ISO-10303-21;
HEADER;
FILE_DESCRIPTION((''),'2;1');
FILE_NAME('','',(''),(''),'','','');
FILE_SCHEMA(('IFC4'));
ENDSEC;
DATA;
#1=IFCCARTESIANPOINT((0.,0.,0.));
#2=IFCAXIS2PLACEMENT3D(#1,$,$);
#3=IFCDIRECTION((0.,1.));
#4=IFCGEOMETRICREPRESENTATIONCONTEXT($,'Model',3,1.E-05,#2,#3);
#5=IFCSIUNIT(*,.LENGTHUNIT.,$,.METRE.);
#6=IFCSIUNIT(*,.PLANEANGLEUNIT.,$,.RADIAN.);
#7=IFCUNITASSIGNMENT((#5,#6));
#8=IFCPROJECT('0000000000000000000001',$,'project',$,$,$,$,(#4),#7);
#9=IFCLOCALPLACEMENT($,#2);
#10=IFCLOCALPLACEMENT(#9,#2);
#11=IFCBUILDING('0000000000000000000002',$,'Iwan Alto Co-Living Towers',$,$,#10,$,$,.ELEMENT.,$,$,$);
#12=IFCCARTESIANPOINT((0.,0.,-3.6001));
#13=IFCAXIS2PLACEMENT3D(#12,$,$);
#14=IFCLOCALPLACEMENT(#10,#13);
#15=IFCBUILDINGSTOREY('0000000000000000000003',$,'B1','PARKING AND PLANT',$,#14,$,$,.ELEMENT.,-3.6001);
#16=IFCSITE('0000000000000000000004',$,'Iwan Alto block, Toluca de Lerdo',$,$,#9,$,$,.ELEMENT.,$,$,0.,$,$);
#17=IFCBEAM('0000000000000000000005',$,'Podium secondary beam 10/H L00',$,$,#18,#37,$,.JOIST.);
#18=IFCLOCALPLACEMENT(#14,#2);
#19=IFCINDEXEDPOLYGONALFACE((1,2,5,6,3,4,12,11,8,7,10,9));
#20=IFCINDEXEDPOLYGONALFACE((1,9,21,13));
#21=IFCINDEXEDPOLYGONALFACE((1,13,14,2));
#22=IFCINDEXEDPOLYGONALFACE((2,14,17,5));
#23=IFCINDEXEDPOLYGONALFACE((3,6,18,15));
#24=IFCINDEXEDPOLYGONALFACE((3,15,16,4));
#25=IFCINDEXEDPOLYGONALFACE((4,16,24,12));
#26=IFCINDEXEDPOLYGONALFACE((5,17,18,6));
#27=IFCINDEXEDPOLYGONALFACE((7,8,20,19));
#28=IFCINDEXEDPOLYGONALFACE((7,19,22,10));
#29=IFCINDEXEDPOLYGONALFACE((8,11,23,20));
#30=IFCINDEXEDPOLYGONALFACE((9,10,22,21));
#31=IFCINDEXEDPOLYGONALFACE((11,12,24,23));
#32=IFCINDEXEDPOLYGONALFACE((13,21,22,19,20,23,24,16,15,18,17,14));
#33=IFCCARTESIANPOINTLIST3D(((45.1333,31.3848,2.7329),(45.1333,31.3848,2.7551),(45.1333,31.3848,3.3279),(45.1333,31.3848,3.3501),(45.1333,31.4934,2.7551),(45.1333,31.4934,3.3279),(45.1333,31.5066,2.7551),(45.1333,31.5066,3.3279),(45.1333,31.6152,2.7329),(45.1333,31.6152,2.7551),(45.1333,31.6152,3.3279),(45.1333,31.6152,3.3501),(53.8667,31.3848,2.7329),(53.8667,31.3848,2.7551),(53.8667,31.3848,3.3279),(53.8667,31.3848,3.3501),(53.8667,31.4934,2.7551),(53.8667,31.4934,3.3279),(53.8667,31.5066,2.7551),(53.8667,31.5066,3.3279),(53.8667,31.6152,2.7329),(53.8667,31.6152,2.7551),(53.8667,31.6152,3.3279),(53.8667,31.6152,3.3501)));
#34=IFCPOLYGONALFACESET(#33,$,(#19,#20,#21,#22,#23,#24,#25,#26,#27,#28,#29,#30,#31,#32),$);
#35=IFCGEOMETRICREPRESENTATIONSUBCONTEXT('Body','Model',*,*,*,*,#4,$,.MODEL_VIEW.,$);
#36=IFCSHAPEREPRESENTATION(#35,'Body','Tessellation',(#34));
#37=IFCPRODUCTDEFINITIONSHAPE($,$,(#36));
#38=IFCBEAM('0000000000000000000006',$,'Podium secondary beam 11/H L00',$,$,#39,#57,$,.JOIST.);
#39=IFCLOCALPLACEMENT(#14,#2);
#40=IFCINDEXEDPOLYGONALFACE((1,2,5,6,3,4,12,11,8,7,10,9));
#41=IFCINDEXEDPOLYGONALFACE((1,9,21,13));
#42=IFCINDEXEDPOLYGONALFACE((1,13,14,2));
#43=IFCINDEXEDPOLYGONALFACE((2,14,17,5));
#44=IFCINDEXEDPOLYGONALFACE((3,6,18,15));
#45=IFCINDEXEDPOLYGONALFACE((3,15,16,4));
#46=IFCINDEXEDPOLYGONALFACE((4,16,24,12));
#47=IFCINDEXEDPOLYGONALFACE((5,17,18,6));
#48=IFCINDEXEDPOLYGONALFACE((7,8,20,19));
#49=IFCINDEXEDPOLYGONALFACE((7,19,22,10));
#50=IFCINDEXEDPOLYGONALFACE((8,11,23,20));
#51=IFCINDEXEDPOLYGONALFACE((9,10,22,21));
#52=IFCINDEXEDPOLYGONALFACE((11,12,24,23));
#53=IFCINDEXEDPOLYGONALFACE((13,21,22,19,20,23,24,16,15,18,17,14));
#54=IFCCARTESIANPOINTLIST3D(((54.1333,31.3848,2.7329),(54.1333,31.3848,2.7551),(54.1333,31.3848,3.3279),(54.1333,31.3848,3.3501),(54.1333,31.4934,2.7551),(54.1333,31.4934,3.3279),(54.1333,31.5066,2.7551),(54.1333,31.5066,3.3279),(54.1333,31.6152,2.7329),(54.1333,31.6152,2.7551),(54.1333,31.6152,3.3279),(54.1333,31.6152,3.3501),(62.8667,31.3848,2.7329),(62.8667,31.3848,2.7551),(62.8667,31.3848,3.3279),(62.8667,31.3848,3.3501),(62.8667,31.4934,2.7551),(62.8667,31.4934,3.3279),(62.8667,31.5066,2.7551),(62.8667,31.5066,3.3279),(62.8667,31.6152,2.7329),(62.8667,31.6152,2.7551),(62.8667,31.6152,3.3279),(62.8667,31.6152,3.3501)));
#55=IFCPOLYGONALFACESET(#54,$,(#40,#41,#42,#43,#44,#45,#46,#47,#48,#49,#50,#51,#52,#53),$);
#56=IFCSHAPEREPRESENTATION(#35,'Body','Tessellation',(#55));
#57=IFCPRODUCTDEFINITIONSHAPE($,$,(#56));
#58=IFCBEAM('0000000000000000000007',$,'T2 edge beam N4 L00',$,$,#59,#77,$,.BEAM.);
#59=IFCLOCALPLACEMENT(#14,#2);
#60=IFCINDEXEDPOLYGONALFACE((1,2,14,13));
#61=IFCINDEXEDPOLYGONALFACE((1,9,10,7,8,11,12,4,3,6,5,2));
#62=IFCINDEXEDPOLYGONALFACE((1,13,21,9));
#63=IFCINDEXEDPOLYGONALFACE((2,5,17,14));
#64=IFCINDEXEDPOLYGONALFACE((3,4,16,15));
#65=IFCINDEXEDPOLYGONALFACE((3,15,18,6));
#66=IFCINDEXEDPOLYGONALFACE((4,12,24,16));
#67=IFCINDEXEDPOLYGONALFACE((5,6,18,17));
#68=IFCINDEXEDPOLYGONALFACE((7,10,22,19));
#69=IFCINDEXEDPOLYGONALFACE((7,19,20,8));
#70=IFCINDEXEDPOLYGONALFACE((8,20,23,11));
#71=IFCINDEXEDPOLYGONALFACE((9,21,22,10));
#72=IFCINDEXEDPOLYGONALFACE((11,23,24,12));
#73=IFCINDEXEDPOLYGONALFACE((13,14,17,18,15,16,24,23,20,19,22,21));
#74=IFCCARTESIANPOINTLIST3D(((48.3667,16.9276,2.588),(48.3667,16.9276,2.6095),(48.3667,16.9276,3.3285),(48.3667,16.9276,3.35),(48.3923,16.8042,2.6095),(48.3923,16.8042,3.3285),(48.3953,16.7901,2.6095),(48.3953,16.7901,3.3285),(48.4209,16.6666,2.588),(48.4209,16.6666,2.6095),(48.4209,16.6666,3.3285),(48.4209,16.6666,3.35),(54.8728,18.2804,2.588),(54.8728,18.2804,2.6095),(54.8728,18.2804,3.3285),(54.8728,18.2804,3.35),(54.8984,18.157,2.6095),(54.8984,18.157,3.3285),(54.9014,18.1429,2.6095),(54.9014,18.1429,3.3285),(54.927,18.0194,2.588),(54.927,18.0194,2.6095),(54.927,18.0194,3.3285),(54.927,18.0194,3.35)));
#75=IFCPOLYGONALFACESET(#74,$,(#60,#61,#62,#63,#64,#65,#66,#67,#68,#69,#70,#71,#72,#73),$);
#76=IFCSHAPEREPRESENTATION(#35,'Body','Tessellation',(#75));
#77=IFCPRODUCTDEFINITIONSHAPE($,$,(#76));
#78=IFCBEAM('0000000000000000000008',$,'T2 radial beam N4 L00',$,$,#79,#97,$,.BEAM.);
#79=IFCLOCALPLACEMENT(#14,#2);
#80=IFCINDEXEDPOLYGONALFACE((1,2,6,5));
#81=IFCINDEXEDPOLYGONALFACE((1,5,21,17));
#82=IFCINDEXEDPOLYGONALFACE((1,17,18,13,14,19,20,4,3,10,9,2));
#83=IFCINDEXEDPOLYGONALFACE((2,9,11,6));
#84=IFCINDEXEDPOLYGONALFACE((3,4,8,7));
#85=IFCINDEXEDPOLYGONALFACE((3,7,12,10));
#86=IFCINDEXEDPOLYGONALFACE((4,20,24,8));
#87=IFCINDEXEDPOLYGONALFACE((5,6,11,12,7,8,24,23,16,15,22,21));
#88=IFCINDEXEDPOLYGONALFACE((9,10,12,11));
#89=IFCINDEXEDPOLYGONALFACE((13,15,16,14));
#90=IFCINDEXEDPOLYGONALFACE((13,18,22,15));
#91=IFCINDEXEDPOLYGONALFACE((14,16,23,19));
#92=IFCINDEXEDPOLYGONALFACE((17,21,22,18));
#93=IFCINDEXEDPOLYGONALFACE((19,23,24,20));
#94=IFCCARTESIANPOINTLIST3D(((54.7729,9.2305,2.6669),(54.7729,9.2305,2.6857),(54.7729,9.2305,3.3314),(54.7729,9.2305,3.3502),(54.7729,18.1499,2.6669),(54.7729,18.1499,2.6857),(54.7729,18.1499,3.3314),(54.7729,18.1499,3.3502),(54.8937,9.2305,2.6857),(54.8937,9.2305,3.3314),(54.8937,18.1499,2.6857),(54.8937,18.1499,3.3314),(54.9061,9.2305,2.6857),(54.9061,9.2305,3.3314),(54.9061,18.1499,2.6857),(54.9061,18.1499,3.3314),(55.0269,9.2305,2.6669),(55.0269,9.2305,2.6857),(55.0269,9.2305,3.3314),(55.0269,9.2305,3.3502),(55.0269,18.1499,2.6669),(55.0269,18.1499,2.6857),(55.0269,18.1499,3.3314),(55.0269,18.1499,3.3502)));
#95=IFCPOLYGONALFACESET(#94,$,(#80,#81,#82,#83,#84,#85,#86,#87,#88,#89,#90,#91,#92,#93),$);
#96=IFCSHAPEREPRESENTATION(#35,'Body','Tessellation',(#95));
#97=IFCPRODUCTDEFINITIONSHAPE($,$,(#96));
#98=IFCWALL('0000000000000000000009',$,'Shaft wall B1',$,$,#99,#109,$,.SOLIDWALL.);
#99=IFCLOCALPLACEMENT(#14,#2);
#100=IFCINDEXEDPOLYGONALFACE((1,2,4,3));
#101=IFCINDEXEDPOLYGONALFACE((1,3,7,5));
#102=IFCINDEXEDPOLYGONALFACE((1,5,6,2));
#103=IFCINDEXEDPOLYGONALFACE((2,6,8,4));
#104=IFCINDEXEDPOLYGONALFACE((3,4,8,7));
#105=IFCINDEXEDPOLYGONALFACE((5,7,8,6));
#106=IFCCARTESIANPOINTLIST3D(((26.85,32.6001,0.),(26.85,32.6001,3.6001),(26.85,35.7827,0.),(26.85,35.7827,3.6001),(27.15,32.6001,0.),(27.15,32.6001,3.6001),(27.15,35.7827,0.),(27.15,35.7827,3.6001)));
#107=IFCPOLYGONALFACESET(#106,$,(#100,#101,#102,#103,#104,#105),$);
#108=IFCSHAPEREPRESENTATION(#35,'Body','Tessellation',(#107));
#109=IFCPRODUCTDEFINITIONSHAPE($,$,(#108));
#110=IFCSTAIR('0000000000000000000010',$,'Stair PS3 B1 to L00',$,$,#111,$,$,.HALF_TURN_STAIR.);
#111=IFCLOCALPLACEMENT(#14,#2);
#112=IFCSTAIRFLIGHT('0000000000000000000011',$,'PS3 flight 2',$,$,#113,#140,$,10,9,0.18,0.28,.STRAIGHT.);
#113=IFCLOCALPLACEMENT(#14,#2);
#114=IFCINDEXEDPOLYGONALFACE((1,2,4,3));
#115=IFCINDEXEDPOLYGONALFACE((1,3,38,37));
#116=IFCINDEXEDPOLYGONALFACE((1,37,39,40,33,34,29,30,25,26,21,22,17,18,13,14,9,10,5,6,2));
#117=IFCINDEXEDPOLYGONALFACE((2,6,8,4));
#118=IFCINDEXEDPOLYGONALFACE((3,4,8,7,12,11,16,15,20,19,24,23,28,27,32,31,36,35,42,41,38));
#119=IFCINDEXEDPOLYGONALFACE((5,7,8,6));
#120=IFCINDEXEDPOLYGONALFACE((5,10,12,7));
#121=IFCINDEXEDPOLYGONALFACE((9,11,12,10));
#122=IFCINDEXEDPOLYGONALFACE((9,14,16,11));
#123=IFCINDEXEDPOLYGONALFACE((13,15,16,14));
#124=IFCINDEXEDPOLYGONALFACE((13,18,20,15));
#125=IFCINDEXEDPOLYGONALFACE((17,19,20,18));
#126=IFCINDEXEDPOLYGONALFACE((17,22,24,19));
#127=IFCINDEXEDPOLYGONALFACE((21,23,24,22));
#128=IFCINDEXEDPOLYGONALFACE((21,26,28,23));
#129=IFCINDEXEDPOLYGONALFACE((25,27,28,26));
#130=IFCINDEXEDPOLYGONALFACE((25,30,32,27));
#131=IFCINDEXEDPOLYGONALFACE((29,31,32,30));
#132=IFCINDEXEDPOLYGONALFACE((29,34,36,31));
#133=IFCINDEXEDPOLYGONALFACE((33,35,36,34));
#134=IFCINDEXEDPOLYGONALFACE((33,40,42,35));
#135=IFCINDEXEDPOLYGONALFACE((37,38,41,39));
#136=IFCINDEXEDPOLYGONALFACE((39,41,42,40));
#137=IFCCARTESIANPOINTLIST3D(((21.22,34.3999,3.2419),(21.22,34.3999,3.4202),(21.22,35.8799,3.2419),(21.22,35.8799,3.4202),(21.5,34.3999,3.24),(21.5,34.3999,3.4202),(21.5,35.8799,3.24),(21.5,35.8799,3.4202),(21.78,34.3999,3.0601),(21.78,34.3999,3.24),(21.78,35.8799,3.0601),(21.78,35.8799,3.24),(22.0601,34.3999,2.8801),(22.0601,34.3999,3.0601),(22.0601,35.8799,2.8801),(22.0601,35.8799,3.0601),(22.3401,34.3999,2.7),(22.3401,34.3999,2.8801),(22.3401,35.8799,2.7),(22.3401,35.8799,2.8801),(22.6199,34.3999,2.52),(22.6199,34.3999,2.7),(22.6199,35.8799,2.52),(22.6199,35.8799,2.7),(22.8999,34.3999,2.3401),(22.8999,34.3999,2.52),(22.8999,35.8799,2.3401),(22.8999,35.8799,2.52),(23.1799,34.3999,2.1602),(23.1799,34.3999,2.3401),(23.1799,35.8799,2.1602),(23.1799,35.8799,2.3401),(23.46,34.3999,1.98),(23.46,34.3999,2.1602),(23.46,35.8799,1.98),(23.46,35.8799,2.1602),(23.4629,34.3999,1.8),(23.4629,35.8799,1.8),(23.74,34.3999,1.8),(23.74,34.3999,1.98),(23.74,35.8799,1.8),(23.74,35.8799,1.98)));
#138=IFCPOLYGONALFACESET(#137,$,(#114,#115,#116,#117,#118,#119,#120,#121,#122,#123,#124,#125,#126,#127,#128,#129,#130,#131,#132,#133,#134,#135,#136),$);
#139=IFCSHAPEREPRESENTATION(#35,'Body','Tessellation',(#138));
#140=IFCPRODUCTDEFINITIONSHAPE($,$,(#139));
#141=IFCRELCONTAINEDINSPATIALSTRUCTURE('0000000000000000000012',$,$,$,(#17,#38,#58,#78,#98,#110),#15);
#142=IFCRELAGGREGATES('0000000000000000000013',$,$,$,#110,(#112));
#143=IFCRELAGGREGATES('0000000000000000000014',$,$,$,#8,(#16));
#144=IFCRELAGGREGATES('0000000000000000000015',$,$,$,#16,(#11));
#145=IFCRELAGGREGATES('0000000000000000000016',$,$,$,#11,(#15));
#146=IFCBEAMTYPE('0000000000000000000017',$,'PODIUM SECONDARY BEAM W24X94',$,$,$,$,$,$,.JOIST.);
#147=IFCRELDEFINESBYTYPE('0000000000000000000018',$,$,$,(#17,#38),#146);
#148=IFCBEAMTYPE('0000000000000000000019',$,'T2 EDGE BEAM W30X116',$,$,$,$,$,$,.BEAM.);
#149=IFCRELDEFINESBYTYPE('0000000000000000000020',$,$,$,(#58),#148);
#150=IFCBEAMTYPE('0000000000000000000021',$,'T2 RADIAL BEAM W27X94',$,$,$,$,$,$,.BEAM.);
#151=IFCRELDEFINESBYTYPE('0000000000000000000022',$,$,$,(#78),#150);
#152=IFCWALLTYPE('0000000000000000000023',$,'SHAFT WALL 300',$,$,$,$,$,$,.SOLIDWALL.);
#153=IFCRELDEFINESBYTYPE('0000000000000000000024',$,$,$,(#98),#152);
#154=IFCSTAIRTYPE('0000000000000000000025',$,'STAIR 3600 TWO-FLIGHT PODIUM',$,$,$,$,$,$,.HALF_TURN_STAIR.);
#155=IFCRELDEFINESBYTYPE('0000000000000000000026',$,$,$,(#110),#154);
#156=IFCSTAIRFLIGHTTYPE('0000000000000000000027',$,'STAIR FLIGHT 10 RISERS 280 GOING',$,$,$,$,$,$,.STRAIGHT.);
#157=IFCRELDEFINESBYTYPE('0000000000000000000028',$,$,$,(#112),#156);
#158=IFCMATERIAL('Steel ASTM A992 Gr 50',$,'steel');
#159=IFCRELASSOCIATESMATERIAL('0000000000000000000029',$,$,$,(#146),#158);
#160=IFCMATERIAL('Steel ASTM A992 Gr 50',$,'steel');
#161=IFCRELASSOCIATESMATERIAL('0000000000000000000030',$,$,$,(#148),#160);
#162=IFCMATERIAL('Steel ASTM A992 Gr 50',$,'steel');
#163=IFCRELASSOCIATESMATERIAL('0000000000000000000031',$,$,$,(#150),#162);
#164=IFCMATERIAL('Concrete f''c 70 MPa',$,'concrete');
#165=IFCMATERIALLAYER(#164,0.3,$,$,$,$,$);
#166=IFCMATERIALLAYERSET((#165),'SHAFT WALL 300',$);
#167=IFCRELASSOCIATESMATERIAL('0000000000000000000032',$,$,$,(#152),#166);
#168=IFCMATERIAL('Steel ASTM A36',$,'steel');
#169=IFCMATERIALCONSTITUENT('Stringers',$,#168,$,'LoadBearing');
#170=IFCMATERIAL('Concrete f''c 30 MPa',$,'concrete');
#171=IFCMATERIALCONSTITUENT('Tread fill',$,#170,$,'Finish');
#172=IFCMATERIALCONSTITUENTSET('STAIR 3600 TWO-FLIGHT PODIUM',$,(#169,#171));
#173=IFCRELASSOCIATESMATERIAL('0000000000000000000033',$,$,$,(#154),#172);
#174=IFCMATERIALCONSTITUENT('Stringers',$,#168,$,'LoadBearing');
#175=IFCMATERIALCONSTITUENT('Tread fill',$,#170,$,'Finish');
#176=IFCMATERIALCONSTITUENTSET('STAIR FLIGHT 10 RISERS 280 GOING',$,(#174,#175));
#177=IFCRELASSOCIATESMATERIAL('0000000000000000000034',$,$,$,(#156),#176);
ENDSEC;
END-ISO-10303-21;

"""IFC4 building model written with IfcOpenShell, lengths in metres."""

from ifc_helpers import new_model, si_unit, direction, frame, frame_2d, origin, origin_2d, place, context, subcontext, project, spatial, polyline, rectangle, i_section, outline, extrude, material, layer, layer_set, constituent, constituent_set, material_profile, profile_set, type_object, element, aggregate, save


model = new_model("IFC4")

# Units and contexts
model_context = context("Model", 3, precision=1e-05, world=origin(), true_north=direction((0.0, 1.0)))
body_context = subcontext(model_context, "Body", "Model", "MODEL_VIEW")
ifc_project = project(units=[si_unit("LENGTHUNIT", "METRE"), si_unit("PLANEANGLEUNIT", "RADIAN")], contexts=[model_context])

# Site, building, storey
site_placement = place(None, origin())
site = spatial("IfcSite", under=ifc_project, at=site_placement, Name="Iwan Alto block, Toluca de Lerdo", CompositionType="ELEMENT", RefElevation=0.0)
building_placement = place(site_placement, origin())
building = spatial("IfcBuilding", under=site, at=building_placement, Name="Iwan Alto Co-Living Towers", CompositionType="ELEMENT")
storey_placement = place(building_placement, frame((0.0, 0.0, -3.6001)))
storey = spatial("IfcBuildingStorey", under=building, at=storey_placement, Name="B1", Description="PARKING AND PLANT", CompositionType="ELEMENT", Elevation=-3.6001)

# Beams
ifc_material_1 = material(Name="Steel ASTM A992 Gr 50", Category="steel")
ifc_material_profile_1 = material_profile(ifc_material_1, i_section(OverallWidth=0.2305, OverallDepth=0.6172, WebThickness=0.0132, FlangeThickness=0.0222, at=origin_2d()), Name="W24X94")
ifc_profile_set_1 = profile_set([ifc_material_profile_1], Name="Steel ASTM A992 Gr 50")
beam_type_1 = type_object("IfcBeamType", Name="PODIUM SECONDARY BEAM W24X94", PredefinedType="JOIST", material=ifc_profile_set_1)
for number, where, z_axis, x_axis, name in (
    (1, (45.1333, 31.5, 3.0415), (1.0, 0.0, 0.0), (0.0, 1.0, 0.0), "Podium secondary beam 10/H L00"),
    (2, (54.1333, 31.5, 3.0415), (1.0, 0.0, 0.0), (0.0, 1.0, 0.0), "Podium secondary beam 11/H L00"),
):
    element("IfcBeam", number, at=place(storey_placement, frame(where, z_axis=z_axis, x_axis=x_axis)), inside=storey, type_object=beam_type_1, Name=name, PredefinedType="JOIST", context=body_context, shape_type="SweptSolid", body=[
        extrude(i_section(OverallWidth=0.2305, OverallDepth=0.6172, WebThickness=0.0132, FlangeThickness=0.0222, at=origin_2d()), origin(), (0.0, 0.0, 1.0), 8.7334),
    ])
ifc_material_2 = material(Name="Steel ASTM A992 Gr 50", Category="steel")
ifc_material_profile_2 = material_profile(ifc_material_2, i_section(OverallWidth=0.2666, OverallDepth=0.762, WebThickness=0.0144, FlangeThickness=0.0215, at=origin_2d()), Name="W30X116")
ifc_profile_set_2 = profile_set([ifc_material_profile_2], Name="Steel ASTM A992 Gr 50")
beam_type_2 = type_object("IfcBeamType", Name="T2 EDGE BEAM W30X116", PredefinedType="BEAM", material=ifc_profile_set_2)
beam_1_placement = place(storey_placement, frame((54.8999, 18.1499, 2.969), z_axis=(-0.97906, -0.203571, 0.0), x_axis=(0.203571, -0.97906, 0.0)))
element("IfcBeam", 3, at=beam_1_placement, inside=storey, type_object=beam_type_2, Name="T2 edge beam N4 L00", PredefinedType="BEAM", context=body_context, shape_type="SweptSolid", body=[
    extrude(i_section(OverallWidth=0.2666, OverallDepth=0.762, WebThickness=0.0144, FlangeThickness=0.0215, at=origin_2d()), origin(), (0.0, 0.0, 1.0), 6.6453),
])
ifc_material_3 = material(Name="Steel ASTM A992 Gr 50", Category="steel")
ifc_material_profile_3 = material_profile(ifc_material_3, i_section(OverallWidth=0.2539, OverallDepth=0.6833, WebThickness=0.0125, FlangeThickness=0.0188, at=origin_2d()), Name="W27X94")
ifc_profile_set_3 = profile_set([ifc_material_profile_3], Name="Steel ASTM A992 Gr 50")
beam_type_3 = type_object("IfcBeamType", Name="T2 RADIAL BEAM W27X94", PredefinedType="BEAM", material=ifc_profile_set_3)
beam_2_placement = place(storey_placement, frame((54.8999, 18.1499, 3.0085), z_axis=(0.0, -1.0, 0.0), x_axis=(1.0, 0.0, 0.0)))
element("IfcBeam", 4, at=beam_2_placement, inside=storey, type_object=beam_type_3, Name="T2 radial beam N4 L00", PredefinedType="BEAM", context=body_context, shape_type="SweptSolid", body=[
    extrude(i_section(OverallWidth=0.2539, OverallDepth=0.6833, WebThickness=0.0125, FlangeThickness=0.0188, at=origin_2d()), origin(), (0.0, 0.0, 1.0), 8.9194),
])

# Wall
ifc_material_4 = material(Name="Concrete f'c 70 MPa", Category="concrete")
ifc_layer = layer(ifc_material_4, 0.3)
ifc_layer_set = layer_set([ifc_layer], Name="SHAFT WALL 300")
wall_type = type_object("IfcWallType", Name="SHAFT WALL 300", PredefinedType="SOLIDWALL", material=ifc_layer_set)
wall_placement = place(storey_placement, frame((27.0, 32.6001, 0.0), z_axis=(0.0, 0.0, 1.0), x_axis=(0.0, 1.0, 0.0)))
element("IfcWall", 5, at=wall_placement, inside=storey, type_object=wall_type, Name="Shaft wall B1", PredefinedType="SOLIDWALL", context=body_context, shape_type="SweptSolid", body=[
    extrude(rectangle(XDim=3.1826, YDim=0.3, at=frame_2d((1.5913, 0.0))), origin(), (0.0, 0.0, 1.0), 3.6001),
])

# Stair, stair flight
ifc_material_5 = material(Name="Steel ASTM A36", Category="steel")
ifc_constituent_1 = constituent(ifc_material_5, Name="Stringers", Category="LoadBearing")
ifc_material_6 = material(Name="Concrete f'c 30 MPa", Category="concrete")
ifc_constituent_2 = constituent(ifc_material_6, Name="Tread fill", Category="Finish")
ifc_constituent_set_1 = constituent_set(constituents=[ifc_constituent_1, ifc_constituent_2], Name="STAIR 3600 TWO-FLIGHT PODIUM")
stair_type = type_object("IfcStairType", Name="STAIR 3600 TWO-FLIGHT PODIUM", PredefinedType="HALF_TURN_STAIR", material=ifc_constituent_set_1)
stair_placement = place(storey_placement, origin())
stair = element("IfcStair", 6, at=stair_placement, inside=storey, type_object=stair_type, Name="Stair PS3 B1 to L00", PredefinedType="HALF_TURN_STAIR")
ifc_constituent_3 = constituent(ifc_material_5, Name="Stringers", Category="LoadBearing")
ifc_constituent_4 = constituent(ifc_material_6, Name="Tread fill", Category="Finish")
ifc_constituent_set_2 = constituent_set(constituents=[ifc_constituent_3, ifc_constituent_4], Name="STAIR FLIGHT 10 RISERS 280 GOING")
stair_flight_type = type_object("IfcStairFlightType", Name="STAIR FLIGHT 10 RISERS 280 GOING", PredefinedType="STRAIGHT", material=ifc_constituent_set_2)
stair_flight_placement = place(storey_placement, frame((23.74, 35.1399, 1.8), z_axis=(0.0, 0.0, 1.0), x_axis=(-1.0, 0.0, 0.0)))
stair_flight = element("IfcStairFlight", 7, at=stair_flight_placement, type_object=stair_flight_type, Name="PS3 flight 2", NumberOfRisers=10, NumberOfTreads=9, PredefinedType="STRAIGHT", RiserHeight=0.18, TreadLength=0.28, context=body_context, shape_type="SweptSolid", body=[
    extrude(outline(polyline([(0.0, 0.0), (0.0, 0.1799), (0.28, 0.1799), (0.28, 0.3601), (0.5601, 0.3601), (0.5601, 0.54), (0.8401, 0.54), (0.8401, 0.72), (1.1201, 0.72), (1.1201, 0.8999), (1.3999, 0.8999), (1.3999, 1.0801), (1.6799, 1.0801), (1.6799, 1.26), (1.96, 1.26), (1.96, 1.4399), (2.24, 1.4399), (2.24, 1.6201), (2.52, 1.6201), (2.52, 1.8), (2.52, 1.4419), (0.2771, 0.0), (0.0, 0.0)])), frame((0.0, 0.74, 0.0), z_axis=(0.0, -1.0, 0.0), x_axis=(1.0, 0.0, 0.0)), (0.0, 0.0, 1.0), 1.48),
])
aggregate(stair, [stair_flight])

save(model, "model.ifc")
